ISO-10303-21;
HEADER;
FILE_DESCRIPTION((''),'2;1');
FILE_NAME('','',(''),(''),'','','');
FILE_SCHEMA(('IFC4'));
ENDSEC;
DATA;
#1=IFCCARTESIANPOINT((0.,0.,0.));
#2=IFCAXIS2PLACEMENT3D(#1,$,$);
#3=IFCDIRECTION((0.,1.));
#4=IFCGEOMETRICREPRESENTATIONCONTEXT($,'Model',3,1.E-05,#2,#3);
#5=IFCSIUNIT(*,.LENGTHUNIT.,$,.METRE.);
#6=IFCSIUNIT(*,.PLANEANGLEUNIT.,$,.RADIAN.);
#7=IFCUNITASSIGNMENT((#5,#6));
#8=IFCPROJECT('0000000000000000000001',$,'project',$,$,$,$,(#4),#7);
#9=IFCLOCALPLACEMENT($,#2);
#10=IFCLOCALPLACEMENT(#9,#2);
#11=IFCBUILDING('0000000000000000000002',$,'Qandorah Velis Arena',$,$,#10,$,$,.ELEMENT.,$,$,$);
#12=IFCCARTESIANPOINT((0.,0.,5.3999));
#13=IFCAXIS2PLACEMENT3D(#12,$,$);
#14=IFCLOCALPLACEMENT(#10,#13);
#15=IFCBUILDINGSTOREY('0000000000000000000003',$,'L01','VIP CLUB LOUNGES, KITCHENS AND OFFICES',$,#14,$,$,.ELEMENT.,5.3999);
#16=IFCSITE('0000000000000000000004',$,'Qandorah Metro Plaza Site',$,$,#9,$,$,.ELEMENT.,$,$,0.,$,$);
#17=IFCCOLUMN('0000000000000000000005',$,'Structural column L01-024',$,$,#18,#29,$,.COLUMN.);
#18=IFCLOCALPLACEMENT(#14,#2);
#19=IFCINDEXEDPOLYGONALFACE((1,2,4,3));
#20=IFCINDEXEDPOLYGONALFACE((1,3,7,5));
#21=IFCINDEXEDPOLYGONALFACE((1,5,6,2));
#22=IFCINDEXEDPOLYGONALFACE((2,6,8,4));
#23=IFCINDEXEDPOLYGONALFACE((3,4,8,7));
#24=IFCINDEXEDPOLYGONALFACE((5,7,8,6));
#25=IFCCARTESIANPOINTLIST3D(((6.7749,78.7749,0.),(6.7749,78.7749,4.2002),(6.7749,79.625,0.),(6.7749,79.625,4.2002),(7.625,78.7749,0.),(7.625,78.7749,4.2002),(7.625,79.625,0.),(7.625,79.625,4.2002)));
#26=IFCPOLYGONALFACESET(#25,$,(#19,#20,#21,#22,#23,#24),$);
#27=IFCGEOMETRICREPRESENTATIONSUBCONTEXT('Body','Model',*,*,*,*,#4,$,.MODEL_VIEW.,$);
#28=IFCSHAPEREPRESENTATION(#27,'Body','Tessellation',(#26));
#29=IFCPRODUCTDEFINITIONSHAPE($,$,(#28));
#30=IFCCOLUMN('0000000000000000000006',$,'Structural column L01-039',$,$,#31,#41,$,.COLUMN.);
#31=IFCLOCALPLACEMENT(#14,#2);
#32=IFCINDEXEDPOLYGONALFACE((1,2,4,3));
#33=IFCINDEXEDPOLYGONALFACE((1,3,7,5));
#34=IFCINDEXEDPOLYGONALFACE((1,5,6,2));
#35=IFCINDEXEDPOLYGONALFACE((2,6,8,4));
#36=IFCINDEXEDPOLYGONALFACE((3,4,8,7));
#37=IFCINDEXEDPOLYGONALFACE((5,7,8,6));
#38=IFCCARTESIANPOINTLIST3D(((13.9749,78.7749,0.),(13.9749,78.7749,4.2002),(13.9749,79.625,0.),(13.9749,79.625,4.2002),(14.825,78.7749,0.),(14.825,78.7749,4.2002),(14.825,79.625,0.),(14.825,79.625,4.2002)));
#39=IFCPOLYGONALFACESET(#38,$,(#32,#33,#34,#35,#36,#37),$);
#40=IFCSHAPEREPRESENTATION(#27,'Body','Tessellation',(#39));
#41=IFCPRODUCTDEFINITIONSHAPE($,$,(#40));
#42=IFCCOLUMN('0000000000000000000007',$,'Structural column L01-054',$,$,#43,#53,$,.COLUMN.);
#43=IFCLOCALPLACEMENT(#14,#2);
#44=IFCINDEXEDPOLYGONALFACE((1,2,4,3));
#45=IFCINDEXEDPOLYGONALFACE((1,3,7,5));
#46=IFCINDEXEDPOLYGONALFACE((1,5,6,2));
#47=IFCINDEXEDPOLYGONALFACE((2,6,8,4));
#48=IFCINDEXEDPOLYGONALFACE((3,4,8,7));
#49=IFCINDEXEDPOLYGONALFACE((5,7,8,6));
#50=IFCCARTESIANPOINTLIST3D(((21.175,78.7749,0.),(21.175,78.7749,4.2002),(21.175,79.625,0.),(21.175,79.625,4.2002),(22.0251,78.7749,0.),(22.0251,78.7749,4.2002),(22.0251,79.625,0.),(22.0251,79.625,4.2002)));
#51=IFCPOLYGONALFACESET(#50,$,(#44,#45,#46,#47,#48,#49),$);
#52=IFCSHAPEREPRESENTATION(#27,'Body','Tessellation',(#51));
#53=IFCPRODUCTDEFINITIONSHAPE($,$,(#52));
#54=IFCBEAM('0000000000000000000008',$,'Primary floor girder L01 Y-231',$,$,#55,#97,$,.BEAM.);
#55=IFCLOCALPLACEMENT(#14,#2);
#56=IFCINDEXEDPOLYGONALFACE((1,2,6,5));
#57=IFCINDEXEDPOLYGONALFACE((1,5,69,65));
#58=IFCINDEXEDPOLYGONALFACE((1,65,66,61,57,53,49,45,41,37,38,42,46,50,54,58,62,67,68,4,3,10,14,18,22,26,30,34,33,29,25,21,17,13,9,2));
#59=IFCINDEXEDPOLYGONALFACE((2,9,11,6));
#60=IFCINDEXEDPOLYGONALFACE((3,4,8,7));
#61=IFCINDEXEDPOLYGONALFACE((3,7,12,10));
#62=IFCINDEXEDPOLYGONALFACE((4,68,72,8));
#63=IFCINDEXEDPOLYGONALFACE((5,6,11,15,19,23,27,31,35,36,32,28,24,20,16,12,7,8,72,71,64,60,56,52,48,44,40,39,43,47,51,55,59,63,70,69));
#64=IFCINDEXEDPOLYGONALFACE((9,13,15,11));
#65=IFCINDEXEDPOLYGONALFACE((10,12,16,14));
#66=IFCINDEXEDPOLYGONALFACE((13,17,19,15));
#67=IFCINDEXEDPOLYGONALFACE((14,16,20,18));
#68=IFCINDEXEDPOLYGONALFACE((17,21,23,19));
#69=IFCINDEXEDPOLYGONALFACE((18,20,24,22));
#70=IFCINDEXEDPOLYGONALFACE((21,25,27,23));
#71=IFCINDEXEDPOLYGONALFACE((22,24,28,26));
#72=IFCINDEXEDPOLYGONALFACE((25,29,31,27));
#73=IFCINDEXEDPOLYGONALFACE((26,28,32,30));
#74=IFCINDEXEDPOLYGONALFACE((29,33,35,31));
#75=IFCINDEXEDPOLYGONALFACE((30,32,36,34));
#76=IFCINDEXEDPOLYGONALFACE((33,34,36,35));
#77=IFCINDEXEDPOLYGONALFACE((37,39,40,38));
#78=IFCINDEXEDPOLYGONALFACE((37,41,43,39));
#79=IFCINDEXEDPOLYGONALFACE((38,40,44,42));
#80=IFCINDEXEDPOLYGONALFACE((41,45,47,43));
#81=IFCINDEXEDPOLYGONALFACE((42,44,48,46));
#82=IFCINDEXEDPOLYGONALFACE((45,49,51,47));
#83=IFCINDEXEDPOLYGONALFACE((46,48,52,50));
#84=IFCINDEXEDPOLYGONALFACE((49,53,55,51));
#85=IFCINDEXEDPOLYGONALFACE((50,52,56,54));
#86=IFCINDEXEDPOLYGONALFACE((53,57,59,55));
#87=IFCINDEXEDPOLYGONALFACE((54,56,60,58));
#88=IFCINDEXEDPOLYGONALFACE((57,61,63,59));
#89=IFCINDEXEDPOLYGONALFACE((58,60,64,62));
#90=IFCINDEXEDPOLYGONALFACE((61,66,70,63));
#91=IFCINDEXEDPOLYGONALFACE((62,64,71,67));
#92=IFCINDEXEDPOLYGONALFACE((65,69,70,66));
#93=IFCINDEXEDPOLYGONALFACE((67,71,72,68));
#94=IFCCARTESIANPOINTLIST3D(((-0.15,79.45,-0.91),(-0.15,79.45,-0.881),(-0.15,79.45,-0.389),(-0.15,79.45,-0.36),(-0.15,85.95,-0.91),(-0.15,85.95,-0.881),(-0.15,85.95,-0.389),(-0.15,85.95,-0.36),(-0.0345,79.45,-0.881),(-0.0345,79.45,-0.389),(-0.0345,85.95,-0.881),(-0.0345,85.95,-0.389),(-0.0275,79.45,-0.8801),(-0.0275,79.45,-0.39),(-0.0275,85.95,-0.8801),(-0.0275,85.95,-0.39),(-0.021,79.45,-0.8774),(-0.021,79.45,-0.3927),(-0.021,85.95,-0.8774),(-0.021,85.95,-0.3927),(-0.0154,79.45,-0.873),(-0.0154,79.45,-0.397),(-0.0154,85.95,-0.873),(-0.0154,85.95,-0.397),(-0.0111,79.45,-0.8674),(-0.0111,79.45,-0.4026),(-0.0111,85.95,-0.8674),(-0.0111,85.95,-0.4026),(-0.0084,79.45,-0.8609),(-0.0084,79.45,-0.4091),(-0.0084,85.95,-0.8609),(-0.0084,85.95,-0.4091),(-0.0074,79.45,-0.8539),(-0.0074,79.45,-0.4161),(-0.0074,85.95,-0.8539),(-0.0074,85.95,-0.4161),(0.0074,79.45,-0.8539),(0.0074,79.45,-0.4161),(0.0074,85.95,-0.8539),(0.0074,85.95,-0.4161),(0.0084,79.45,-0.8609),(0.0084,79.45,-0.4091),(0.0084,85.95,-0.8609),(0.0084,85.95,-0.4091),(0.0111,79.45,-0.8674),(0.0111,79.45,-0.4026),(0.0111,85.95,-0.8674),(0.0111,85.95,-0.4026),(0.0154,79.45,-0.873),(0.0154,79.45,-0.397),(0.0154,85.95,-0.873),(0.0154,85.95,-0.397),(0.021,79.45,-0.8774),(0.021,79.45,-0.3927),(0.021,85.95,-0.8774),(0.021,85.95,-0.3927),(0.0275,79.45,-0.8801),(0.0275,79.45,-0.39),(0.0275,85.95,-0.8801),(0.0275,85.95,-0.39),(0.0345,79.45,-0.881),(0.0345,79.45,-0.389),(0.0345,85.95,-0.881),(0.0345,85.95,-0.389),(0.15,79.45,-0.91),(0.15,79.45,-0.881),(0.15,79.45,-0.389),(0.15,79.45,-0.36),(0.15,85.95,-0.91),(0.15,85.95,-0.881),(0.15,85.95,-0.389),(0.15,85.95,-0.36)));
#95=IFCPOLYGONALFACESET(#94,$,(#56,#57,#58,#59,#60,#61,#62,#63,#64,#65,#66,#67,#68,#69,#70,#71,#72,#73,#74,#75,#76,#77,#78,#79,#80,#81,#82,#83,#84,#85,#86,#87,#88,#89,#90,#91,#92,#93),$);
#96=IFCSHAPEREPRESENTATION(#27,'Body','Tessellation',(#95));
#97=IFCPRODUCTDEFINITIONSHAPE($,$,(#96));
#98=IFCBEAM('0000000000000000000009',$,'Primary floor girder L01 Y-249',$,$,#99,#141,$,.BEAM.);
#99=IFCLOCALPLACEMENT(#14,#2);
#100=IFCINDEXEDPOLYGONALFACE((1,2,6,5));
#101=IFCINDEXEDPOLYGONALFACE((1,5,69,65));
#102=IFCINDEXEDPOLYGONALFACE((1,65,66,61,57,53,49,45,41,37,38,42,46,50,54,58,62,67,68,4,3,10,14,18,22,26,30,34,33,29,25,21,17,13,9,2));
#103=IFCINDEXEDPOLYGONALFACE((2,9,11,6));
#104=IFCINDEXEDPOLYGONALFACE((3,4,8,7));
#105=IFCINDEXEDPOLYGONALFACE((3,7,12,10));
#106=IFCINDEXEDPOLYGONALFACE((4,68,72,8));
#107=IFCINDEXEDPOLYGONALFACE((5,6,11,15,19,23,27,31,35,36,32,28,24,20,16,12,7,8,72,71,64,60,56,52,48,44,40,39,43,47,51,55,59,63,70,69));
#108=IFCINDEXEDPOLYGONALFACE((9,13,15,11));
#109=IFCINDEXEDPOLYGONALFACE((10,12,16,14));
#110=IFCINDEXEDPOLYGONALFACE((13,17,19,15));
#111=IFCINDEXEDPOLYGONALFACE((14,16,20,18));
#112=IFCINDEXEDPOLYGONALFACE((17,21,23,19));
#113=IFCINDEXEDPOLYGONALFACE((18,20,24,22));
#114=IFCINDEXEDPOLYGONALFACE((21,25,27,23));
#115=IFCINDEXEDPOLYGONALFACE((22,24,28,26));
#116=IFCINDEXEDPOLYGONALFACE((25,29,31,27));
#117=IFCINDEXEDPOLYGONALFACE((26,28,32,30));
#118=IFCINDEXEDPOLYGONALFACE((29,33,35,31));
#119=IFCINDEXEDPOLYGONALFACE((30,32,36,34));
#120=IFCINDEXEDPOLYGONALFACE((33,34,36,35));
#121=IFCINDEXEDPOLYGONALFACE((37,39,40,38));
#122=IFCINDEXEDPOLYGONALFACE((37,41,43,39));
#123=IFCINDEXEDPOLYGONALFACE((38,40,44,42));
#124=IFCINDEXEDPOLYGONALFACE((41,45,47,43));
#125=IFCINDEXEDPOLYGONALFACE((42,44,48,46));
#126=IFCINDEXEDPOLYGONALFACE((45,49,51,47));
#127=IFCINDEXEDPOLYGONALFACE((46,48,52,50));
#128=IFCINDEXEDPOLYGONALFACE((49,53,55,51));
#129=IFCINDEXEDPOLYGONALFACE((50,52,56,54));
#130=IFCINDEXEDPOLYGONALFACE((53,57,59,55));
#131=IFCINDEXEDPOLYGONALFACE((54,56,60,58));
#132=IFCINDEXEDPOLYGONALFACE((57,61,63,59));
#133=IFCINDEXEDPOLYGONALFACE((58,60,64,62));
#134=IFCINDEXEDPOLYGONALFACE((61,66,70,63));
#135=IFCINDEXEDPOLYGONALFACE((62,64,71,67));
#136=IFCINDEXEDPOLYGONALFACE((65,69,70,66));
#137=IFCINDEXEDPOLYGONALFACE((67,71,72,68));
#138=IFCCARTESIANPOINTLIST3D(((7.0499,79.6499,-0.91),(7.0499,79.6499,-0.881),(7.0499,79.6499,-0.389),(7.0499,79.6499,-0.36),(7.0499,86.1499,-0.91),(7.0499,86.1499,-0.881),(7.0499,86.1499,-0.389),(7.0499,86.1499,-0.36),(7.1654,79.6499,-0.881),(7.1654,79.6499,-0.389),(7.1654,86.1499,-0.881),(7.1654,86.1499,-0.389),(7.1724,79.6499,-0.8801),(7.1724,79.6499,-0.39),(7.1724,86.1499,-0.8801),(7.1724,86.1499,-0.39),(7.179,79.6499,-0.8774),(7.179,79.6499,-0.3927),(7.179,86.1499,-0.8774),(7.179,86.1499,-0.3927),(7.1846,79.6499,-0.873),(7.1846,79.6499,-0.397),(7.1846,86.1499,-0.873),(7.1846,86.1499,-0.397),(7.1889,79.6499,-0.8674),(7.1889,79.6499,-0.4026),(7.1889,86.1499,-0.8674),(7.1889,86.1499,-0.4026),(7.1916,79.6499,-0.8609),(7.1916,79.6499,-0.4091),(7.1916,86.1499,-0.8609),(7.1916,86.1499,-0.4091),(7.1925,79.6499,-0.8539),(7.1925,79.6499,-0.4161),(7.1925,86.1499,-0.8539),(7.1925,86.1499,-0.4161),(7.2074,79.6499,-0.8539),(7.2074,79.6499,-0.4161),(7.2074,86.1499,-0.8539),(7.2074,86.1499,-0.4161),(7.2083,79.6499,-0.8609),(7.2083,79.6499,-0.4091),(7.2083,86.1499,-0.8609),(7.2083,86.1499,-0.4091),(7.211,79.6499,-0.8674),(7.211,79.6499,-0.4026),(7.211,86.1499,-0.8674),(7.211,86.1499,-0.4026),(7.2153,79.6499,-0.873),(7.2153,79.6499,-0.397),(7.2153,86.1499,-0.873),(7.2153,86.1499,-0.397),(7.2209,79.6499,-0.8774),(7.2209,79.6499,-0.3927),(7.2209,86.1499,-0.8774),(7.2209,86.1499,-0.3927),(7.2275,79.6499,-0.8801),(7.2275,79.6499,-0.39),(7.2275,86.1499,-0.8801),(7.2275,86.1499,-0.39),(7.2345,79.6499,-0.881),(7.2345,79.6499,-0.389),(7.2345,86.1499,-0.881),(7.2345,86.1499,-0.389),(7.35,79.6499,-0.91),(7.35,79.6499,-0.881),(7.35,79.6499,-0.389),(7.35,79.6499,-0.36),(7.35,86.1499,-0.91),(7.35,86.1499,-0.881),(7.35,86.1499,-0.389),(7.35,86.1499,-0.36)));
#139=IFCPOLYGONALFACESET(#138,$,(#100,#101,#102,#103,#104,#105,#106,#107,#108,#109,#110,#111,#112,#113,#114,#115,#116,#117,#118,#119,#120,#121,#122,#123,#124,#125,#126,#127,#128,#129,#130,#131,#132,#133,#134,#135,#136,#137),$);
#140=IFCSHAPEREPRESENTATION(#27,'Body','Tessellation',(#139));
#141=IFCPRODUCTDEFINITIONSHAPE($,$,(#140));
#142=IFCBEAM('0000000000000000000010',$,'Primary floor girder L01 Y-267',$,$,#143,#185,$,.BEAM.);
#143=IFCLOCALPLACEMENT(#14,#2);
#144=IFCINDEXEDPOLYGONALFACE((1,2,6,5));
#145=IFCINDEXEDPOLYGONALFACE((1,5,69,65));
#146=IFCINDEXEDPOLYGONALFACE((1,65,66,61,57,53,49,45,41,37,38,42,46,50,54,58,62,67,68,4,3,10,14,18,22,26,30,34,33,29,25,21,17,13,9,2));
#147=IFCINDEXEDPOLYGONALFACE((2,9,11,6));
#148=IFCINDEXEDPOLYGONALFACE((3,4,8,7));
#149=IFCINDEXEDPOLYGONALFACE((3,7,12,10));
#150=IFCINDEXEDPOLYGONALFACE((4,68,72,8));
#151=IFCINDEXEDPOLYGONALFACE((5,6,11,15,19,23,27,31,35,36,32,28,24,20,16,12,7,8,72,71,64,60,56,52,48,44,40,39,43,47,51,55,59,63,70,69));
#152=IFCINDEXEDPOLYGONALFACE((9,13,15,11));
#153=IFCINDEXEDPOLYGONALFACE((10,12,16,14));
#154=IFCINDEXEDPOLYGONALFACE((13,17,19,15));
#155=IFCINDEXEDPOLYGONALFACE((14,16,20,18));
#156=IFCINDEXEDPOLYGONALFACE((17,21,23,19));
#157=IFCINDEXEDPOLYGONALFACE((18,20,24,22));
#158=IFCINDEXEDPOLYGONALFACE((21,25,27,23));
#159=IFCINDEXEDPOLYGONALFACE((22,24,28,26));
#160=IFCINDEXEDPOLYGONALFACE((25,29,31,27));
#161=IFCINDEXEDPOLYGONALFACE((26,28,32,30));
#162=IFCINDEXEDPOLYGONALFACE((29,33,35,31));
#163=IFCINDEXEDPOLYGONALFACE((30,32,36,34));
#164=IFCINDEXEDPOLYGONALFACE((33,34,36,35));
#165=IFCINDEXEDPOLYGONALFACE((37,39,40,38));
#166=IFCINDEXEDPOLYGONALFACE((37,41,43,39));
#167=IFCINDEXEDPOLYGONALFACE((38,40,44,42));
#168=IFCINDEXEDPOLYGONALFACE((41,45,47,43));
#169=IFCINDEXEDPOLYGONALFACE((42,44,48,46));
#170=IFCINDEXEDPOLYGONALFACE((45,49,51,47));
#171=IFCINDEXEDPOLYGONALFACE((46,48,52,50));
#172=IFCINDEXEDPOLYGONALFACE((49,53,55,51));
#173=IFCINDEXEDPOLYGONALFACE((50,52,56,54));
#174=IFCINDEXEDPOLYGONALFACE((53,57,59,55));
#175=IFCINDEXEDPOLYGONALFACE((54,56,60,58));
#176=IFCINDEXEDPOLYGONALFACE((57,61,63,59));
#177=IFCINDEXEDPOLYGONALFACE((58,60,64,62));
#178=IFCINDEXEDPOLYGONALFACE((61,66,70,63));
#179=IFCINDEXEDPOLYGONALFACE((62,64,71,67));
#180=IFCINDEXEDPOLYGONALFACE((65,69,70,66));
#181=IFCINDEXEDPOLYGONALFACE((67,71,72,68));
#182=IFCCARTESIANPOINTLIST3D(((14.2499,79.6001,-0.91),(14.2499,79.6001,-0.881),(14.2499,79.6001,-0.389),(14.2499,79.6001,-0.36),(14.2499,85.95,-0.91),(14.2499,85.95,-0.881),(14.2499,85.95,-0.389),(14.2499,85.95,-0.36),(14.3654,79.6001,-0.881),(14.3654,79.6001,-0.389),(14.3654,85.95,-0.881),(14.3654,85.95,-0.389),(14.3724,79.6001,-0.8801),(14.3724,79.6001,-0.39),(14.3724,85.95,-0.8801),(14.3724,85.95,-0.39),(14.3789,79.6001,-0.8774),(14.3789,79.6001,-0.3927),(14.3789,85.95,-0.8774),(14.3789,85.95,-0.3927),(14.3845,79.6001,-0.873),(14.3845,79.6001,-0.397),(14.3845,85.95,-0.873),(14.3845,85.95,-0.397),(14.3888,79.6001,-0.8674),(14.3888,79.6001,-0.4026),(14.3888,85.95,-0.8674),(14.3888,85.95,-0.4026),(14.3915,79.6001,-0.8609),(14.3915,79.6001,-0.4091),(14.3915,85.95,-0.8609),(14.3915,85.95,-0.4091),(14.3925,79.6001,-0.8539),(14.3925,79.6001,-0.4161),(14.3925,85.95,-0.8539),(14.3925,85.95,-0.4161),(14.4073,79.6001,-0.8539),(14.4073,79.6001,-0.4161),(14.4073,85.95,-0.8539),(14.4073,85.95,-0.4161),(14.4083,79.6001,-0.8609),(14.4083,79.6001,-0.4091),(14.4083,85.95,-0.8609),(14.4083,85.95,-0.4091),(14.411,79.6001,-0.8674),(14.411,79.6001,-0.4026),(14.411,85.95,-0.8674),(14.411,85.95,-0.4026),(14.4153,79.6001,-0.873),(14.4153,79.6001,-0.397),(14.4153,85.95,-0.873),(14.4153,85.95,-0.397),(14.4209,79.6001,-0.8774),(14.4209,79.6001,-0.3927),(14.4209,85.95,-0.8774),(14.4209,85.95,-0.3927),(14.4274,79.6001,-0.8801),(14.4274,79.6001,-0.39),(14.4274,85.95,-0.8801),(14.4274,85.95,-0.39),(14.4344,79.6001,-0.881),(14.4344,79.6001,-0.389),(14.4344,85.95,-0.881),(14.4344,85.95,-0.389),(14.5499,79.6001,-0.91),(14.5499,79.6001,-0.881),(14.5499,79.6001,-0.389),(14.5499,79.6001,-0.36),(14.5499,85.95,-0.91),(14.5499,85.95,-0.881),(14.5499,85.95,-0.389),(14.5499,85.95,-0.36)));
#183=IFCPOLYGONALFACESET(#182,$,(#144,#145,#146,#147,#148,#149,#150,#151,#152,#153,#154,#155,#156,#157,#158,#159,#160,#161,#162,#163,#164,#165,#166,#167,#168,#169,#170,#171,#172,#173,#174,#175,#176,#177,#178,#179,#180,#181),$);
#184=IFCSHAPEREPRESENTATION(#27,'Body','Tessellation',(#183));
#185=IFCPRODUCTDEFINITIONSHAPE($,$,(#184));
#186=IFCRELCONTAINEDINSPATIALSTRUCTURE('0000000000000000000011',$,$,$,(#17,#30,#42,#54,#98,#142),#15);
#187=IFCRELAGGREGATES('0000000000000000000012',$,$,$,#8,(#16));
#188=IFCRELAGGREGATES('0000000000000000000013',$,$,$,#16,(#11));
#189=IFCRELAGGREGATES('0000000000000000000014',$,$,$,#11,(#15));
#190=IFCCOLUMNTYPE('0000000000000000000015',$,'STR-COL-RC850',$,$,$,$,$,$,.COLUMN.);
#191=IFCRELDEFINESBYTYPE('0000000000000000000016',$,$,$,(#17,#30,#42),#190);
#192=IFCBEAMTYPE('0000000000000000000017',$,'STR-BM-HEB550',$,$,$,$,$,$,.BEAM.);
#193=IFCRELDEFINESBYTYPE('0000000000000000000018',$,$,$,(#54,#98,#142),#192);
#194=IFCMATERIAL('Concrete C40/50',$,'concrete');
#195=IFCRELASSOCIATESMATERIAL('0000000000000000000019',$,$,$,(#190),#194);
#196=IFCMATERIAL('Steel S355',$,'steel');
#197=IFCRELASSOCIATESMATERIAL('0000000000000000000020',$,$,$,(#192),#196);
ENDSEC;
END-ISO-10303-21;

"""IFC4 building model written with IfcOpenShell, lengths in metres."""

from ifc_helpers import new_model, si_unit, direction, frame, origin, origin_2d, place, context, subcontext, project, spatial, rectangle, i_section, extrude, material, material_profile, profile_set, type_object, element, save


model = new_model("IFC4")

# Units and contexts
model_context = context("Model", 3, precision=1e-05, world=origin(), true_north=direction((0.0, 1.0)))
body_context = subcontext(model_context, "Body", "Model", "MODEL_VIEW")
ifc_project = project(units=[si_unit("LENGTHUNIT", "METRE"), si_unit("PLANEANGLEUNIT", "RADIAN")], contexts=[model_context])

# Site, building, storey
site_placement = place(None, origin())
site = spatial("IfcSite", under=ifc_project, at=site_placement, Name="Qandorah Metro Plaza Site", CompositionType="ELEMENT", RefElevation=0.0)
building_placement = place(site_placement, origin())
building = spatial("IfcBuilding", under=site, at=building_placement, Name="Qandorah Velis Arena", CompositionType="ELEMENT")
storey_placement = place(building_placement, frame((0.0, 0.0, 5.3999)))
storey = spatial("IfcBuildingStorey", under=building, at=storey_placement, Name="L01", Description="VIP CLUB LOUNGES, KITCHENS AND OFFICES", CompositionType="ELEMENT", Elevation=5.3999)

# Columns
ifc_material_1 = material(Name="Concrete C40/50", Category="concrete")
ifc_material_profile_1 = material_profile(ifc_material_1, rectangle(XDim=0.8501, YDim=0.8501, at=origin_2d()), Name="RC COL 850x850")
ifc_profile_set_1 = profile_set([ifc_material_profile_1], Name="Concrete C40/50")
column_type = type_object("IfcColumnType", Name="STR-COL-RC850", PredefinedType="COLUMN", material=ifc_profile_set_1)
for number, where, z_axis, x_axis, name in (
    (1, (7.2, 79.2, 0.0), (0.0, 0.0, 1.0), (1.0, 0.0, 0.0), "Structural column L01-024"),
    (2, (14.3999, 79.2, 0.0), (0.0, 0.0, 1.0), (1.0, 0.0, 0.0), "Structural column L01-039"),
    (3, (21.6001, 79.2, 0.0), (0.0, 0.0, 1.0), (1.0, 0.0, 0.0), "Structural column L01-054"),
):
    element("IfcColumn", number, at=place(storey_placement, frame(where, z_axis=z_axis, x_axis=x_axis)), inside=storey, type_object=column_type, Name=name, PredefinedType="COLUMN", context=body_context, shape_type="SweptSolid", body=[
        extrude(rectangle(XDim=0.8501, YDim=0.8501, at=origin_2d()), origin(), (0.0, 0.0, 1.0), 4.2002),
    ])

# Beams
ifc_material_2 = material(Name="Steel S355", Category="steel")
ifc_material_profile_2 = material_profile(ifc_material_2, i_section(OverallWidth=0.3, OverallDepth=0.55, WebThickness=0.0149, FlangeThickness=0.0291, FilletRadius=0.0271, at=origin_2d()), Name="HEB 550")
ifc_profile_set_2 = profile_set([ifc_material_profile_2], Name="Steel S355")
beam_type_1 = type_object("IfcBeamType", Name="STR-BM-HEB550", PredefinedType="BEAM", material=ifc_profile_set_2)
for number, where, z_axis, x_axis, name in (
    (4, (0.0, 79.45, -0.635), (0.0, 1.0, 0.0), (-1.0, 0.0, 0.0), "Primary floor girder L01 Y-231"),
    (5, (7.2, 79.6499, -0.635), (0.0, 1.0, 0.0), (-1.0, 0.0, 0.0), "Primary floor girder L01 Y-249"),
):
    element("IfcBeam", number, at=place(storey_placement, frame(where, z_axis=z_axis, x_axis=x_axis)), inside=storey, type_object=beam_type_1, Name=name, PredefinedType="BEAM", context=body_context, shape_type="SweptSolid", body=[
        extrude(i_section(OverallWidth=0.3, OverallDepth=0.55, WebThickness=0.0149, FlangeThickness=0.0291, FilletRadius=0.0271, at=origin_2d()), origin(), (0.0, 0.0, 1.0), 6.5),
    ])
beam_1_placement = place(storey_placement, frame((14.3999, 79.6001, -0.635), z_axis=(0.0, 1.0, 0.0), x_axis=(-1.0, 0.0, 0.0)))
element("IfcBeam", 6, at=beam_1_placement, inside=storey, type_object=beam_type_1, Name="Primary floor girder L01 Y-267", PredefinedType="BEAM", context=body_context, shape_type="SweptSolid", body=[
    extrude(i_section(OverallWidth=0.3, OverallDepth=0.55, WebThickness=0.0149, FlangeThickness=0.0291, FilletRadius=0.0271, at=origin_2d()), origin(), (0.0, 0.0, 1.0), 6.3499),
])

save(model, "model.ifc")
